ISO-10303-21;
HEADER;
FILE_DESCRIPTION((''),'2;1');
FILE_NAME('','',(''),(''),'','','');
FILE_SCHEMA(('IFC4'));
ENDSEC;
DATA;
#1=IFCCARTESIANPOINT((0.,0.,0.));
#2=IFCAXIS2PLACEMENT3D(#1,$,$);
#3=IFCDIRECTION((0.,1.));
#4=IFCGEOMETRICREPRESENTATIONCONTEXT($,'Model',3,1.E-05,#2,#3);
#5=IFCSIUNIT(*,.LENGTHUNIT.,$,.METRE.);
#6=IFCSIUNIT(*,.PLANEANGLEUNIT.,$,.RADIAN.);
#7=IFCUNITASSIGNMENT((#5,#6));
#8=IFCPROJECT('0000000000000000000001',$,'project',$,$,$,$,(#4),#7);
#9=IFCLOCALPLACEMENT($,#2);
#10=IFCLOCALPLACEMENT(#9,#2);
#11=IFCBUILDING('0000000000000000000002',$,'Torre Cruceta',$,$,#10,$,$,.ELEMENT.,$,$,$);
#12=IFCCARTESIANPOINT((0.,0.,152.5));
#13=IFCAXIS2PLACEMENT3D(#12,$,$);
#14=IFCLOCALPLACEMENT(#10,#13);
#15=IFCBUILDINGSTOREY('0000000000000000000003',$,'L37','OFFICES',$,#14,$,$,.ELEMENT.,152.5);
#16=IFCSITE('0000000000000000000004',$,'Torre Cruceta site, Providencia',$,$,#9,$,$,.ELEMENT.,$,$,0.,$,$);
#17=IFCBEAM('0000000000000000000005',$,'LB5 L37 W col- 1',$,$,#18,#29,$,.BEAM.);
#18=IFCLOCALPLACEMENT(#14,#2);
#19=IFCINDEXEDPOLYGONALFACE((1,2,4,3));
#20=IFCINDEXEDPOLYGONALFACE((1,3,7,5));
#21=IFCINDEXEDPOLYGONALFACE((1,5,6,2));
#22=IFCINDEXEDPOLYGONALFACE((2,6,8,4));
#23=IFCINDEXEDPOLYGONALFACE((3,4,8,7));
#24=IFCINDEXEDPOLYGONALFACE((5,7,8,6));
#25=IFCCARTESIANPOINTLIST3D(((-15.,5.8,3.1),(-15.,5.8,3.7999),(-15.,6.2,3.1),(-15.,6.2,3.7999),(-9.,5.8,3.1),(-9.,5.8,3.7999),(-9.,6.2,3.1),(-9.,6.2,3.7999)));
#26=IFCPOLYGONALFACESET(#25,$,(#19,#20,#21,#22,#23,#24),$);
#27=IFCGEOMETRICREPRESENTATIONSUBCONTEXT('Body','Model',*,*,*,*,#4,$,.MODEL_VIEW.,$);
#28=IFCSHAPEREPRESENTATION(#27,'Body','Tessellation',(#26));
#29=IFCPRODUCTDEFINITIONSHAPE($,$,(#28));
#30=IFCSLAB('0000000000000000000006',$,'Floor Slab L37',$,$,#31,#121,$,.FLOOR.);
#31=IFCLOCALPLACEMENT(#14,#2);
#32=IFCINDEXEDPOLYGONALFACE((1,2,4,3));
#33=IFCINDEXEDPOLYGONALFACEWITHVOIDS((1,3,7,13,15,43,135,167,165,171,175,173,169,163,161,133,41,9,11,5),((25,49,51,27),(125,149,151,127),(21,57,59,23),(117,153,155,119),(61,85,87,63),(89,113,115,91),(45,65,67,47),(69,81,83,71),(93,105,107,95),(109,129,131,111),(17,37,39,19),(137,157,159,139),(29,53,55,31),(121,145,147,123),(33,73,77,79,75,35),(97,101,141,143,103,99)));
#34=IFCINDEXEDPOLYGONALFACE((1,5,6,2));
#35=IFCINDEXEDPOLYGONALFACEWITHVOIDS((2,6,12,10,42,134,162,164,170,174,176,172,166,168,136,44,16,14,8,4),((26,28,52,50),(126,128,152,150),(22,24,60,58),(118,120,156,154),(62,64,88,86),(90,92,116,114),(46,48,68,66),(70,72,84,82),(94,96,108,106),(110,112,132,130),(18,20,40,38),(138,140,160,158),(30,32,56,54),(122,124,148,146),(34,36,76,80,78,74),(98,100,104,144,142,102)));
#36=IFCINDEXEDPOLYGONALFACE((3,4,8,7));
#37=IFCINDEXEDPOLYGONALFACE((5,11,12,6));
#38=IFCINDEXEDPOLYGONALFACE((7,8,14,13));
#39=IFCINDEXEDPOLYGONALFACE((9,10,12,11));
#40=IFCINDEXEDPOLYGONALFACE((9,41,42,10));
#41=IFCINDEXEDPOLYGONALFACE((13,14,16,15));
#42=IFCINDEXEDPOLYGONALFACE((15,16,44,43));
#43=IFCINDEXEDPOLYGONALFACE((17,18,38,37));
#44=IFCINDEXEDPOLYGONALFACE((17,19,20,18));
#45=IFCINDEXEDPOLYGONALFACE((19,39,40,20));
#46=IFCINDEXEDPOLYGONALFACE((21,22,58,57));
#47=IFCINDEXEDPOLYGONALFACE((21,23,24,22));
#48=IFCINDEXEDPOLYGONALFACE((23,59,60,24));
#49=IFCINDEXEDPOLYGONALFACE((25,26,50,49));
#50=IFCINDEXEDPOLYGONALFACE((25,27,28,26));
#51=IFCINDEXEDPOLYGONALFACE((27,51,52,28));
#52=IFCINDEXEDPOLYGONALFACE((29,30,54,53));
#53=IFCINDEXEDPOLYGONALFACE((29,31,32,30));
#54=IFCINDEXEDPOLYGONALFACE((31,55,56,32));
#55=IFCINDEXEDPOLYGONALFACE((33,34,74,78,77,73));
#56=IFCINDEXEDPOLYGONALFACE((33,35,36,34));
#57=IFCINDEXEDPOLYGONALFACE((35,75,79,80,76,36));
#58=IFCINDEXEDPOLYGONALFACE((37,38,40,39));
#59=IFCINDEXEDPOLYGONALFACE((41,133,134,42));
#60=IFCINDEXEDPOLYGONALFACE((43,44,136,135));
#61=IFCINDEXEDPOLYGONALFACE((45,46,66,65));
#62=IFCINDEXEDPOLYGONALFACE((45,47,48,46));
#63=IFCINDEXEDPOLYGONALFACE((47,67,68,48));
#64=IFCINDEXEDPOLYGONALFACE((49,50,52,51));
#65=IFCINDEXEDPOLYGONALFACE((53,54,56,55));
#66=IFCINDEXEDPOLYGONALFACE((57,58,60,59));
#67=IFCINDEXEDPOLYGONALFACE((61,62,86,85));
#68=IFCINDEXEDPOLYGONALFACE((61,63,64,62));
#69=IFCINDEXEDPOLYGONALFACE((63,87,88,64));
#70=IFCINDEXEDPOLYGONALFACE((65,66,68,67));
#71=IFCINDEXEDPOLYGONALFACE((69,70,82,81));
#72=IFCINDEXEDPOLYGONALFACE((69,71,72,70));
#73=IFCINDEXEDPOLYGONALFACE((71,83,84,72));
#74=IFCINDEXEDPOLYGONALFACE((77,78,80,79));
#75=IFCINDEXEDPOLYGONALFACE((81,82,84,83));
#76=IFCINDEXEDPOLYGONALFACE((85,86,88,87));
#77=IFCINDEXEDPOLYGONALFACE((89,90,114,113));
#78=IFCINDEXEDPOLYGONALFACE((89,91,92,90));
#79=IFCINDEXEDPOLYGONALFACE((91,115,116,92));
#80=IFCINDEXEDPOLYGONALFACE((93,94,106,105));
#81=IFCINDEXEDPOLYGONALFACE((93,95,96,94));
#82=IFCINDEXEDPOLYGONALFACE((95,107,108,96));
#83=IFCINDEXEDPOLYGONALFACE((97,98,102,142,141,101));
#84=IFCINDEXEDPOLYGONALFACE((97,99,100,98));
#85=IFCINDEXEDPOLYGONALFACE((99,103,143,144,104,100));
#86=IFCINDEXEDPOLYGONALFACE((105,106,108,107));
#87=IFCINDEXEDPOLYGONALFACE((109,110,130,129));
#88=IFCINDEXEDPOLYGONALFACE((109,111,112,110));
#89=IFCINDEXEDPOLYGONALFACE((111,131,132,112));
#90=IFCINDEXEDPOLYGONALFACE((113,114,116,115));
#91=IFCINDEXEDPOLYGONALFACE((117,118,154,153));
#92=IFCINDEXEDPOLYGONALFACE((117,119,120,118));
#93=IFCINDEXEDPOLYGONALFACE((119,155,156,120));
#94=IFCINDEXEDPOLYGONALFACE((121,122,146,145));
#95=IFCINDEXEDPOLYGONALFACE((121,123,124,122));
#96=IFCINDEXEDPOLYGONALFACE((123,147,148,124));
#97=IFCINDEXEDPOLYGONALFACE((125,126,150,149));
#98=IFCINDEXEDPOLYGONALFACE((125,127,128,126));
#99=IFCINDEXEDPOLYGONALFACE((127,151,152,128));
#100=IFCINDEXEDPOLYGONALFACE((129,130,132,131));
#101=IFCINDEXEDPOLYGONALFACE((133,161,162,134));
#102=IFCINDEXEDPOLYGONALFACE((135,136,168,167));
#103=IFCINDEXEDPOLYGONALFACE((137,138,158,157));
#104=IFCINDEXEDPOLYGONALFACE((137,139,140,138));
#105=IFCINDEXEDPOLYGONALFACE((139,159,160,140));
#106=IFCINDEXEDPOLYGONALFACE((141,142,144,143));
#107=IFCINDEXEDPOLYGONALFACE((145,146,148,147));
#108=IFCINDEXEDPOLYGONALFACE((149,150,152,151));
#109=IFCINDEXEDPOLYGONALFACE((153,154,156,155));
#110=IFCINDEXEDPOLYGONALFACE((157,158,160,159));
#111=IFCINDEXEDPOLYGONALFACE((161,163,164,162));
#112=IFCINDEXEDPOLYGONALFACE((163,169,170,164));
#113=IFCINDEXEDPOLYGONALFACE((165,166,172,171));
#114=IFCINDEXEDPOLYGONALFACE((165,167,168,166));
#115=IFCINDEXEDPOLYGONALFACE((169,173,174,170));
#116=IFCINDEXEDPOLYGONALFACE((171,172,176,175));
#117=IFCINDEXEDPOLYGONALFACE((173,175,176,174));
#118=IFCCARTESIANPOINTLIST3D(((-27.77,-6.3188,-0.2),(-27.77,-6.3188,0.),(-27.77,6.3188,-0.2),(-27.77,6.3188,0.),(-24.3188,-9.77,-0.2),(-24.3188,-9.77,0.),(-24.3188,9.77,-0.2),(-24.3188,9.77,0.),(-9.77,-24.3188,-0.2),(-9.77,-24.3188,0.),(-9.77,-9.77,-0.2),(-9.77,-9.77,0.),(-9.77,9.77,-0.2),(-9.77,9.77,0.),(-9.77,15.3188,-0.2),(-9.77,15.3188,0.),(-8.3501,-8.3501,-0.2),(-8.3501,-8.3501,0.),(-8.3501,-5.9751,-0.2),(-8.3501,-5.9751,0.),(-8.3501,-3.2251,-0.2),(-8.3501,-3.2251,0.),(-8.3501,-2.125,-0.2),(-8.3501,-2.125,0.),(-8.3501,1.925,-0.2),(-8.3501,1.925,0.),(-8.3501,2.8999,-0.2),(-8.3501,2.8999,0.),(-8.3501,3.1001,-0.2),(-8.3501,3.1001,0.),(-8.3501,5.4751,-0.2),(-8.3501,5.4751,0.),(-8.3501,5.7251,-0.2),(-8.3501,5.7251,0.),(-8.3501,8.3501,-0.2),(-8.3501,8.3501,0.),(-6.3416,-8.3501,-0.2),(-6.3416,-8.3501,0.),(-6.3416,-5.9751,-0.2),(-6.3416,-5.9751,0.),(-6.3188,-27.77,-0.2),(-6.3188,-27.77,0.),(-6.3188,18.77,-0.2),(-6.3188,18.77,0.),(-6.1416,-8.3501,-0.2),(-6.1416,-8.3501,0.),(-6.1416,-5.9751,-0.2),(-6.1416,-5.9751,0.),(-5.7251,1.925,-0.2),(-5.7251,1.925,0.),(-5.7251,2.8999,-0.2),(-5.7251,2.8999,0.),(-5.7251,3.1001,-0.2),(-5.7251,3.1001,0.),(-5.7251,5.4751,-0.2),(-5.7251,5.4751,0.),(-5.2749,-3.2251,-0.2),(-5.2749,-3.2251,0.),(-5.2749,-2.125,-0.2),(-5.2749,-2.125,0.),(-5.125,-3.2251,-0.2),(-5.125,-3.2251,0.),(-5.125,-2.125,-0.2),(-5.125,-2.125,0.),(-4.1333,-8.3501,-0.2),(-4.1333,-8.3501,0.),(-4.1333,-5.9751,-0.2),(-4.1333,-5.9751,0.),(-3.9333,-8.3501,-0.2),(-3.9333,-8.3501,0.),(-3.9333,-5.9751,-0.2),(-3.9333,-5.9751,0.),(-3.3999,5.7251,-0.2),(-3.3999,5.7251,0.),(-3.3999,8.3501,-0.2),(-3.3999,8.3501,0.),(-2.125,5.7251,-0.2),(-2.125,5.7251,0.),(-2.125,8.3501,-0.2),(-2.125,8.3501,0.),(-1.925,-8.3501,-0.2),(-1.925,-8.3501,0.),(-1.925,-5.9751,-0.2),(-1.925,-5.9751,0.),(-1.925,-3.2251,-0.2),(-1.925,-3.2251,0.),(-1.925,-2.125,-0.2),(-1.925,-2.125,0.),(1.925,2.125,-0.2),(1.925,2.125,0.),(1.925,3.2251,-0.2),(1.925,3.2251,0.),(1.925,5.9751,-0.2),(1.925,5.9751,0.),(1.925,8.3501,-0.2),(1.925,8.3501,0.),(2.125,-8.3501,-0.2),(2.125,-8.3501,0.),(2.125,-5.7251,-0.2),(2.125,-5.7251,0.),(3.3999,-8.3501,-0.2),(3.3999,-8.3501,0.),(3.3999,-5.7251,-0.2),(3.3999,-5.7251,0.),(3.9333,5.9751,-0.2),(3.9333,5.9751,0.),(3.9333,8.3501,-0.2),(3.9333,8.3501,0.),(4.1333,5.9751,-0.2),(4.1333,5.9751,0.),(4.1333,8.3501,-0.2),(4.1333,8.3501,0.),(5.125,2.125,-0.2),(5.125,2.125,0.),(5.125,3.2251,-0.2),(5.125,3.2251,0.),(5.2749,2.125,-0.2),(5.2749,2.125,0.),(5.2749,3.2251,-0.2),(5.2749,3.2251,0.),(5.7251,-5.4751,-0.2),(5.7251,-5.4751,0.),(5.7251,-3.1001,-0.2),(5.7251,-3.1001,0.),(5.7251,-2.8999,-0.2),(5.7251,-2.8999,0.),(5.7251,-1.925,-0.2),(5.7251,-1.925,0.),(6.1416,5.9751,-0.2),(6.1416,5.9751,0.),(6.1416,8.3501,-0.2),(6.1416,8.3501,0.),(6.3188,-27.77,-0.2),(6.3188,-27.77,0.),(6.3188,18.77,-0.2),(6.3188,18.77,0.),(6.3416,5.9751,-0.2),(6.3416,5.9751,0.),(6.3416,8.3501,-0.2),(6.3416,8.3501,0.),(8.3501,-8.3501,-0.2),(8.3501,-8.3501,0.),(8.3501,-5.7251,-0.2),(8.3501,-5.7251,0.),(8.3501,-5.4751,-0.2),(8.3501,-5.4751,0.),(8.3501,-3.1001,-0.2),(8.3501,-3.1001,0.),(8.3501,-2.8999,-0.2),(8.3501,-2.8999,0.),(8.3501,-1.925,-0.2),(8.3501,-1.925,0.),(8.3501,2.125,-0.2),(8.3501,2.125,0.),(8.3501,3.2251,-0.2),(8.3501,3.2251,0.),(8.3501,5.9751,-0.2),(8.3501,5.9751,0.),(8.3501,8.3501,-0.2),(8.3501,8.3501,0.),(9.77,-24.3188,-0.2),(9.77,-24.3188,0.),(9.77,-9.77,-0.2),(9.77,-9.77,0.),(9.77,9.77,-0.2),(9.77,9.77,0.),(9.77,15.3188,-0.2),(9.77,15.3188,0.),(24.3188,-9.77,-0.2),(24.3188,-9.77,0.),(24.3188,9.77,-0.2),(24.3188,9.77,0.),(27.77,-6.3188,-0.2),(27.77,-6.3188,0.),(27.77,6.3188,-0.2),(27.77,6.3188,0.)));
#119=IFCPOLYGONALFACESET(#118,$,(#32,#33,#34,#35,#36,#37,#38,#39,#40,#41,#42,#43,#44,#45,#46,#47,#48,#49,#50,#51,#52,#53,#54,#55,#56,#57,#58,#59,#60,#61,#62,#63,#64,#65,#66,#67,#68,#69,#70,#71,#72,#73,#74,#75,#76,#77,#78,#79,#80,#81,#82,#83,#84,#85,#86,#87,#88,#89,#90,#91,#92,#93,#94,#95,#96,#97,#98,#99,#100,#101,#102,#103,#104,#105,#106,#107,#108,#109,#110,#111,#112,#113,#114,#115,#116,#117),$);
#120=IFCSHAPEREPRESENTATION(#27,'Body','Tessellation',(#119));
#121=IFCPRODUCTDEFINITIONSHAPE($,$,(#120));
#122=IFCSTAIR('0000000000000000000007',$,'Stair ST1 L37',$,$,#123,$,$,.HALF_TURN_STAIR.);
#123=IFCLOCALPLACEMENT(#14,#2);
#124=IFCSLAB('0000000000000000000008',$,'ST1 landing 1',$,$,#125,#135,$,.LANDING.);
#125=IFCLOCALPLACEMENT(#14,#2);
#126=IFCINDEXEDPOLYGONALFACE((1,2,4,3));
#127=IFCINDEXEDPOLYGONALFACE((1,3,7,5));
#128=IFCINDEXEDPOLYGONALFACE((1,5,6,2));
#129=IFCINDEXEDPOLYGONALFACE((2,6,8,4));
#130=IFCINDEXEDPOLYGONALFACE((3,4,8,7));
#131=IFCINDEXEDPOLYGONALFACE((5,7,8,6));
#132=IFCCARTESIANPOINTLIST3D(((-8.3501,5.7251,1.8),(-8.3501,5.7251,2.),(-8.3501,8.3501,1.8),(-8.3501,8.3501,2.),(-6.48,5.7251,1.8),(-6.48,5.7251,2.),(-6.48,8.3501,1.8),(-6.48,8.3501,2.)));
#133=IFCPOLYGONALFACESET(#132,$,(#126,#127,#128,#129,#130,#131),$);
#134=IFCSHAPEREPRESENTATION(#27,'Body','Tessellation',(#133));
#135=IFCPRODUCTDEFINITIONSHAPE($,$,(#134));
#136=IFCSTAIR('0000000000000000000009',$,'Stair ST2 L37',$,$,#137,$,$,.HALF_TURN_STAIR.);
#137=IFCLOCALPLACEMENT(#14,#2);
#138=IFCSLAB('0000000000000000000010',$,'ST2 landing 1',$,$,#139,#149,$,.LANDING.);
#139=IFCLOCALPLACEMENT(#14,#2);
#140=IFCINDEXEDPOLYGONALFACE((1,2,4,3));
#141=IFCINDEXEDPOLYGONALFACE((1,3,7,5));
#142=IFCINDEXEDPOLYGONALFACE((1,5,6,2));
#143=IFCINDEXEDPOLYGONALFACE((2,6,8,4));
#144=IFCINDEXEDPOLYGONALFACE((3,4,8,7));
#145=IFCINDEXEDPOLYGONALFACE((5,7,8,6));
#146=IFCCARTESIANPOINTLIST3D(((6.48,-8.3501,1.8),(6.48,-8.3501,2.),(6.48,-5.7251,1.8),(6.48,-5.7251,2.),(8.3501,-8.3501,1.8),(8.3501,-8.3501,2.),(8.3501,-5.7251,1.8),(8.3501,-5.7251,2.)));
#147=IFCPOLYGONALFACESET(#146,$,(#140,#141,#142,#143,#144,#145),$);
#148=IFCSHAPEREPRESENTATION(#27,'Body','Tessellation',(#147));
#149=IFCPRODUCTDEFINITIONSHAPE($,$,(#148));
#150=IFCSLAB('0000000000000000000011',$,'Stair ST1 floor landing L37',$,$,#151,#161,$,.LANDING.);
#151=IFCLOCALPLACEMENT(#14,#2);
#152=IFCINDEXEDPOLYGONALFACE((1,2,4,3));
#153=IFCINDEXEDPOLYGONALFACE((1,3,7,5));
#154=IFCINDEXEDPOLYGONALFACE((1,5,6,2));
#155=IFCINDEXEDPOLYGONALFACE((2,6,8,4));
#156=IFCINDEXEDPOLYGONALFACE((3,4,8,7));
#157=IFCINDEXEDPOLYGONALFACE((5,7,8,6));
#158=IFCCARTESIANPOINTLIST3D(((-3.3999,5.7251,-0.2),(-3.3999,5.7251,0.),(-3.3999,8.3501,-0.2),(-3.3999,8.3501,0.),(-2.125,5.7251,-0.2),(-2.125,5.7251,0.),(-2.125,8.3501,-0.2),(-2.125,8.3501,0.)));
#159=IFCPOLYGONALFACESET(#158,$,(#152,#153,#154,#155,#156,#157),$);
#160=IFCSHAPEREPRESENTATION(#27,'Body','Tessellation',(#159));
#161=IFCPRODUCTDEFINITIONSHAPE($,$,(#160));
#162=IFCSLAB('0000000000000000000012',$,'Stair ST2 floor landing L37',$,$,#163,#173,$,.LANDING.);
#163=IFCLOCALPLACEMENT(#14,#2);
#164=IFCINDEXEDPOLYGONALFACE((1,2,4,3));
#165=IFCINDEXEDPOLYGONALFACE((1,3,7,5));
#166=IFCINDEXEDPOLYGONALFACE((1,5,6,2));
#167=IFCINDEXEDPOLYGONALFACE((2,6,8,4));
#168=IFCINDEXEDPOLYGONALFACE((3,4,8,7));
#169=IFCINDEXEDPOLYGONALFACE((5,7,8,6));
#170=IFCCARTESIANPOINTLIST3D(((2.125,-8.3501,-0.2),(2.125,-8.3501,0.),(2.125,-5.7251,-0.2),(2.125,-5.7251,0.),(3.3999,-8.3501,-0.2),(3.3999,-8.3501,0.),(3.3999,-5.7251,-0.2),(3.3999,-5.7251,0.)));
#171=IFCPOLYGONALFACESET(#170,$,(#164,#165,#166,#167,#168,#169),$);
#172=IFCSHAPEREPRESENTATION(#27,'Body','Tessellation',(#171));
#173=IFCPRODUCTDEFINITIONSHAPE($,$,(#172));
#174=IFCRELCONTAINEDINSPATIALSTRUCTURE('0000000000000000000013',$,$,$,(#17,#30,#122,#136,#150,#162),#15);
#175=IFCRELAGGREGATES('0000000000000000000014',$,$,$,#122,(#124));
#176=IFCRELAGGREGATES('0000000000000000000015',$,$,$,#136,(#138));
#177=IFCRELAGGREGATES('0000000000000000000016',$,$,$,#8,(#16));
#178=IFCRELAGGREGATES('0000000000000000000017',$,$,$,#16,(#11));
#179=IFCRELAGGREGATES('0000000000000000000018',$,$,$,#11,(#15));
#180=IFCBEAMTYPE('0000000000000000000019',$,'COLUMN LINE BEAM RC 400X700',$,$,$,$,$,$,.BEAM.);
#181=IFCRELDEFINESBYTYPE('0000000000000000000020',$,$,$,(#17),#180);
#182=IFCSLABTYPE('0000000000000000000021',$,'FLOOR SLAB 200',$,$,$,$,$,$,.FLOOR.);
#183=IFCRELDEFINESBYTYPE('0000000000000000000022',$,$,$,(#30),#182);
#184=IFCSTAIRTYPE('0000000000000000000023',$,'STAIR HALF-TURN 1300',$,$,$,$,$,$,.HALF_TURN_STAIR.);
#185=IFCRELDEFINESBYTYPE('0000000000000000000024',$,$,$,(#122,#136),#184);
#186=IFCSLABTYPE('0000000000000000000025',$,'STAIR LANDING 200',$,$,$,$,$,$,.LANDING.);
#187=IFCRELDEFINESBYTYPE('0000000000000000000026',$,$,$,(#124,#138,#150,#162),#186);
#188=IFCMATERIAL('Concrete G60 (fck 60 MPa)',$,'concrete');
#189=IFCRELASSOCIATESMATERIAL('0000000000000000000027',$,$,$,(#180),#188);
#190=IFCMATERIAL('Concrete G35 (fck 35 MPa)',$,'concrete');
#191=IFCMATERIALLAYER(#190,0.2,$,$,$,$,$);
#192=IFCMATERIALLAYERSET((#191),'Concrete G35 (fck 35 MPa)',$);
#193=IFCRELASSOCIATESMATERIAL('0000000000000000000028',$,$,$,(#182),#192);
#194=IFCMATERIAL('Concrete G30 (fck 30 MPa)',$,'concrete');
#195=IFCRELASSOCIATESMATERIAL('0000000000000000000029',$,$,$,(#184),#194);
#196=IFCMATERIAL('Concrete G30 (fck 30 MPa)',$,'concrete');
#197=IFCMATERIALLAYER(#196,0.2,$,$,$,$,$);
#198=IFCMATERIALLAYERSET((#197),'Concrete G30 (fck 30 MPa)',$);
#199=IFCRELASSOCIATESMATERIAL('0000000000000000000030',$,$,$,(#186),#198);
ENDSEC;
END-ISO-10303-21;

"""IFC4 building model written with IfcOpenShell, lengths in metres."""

from ifc_helpers import new_model, si_unit, direction, frame, origin, origin_2d, place, context, subcontext, project, spatial, polyline, rectangle, outline, extrude, material, layer, layer_set, material_profile, profile_set, type_object, element, aggregate, save


model = new_model("IFC4")

# Units and contexts
model_context = context("Model", 3, precision=1e-05, world=origin(), true_north=direction((0.0, 1.0)))
body_context = subcontext(model_context, "Body", "Model", "MODEL_VIEW")
ifc_project = project(units=[si_unit("LENGTHUNIT", "METRE"), si_unit("PLANEANGLEUNIT", "RADIAN")], contexts=[model_context])

# Site, building, storey
site_placement = place(None, origin())
site = spatial("IfcSite", under=ifc_project, at=site_placement, Name="Torre Cruceta site, Providencia", CompositionType="ELEMENT", RefElevation=0.0)
building_placement = place(site_placement, origin())
building = spatial("IfcBuilding", under=site, at=building_placement, Name="Torre Cruceta", CompositionType="ELEMENT")
storey_placement = place(building_placement, frame((0.0, 0.0, 152.5)))
storey = spatial("IfcBuildingStorey", under=building, at=storey_placement, Name="L37", Description="OFFICES", CompositionType="ELEMENT", Elevation=152.5)

# Beam
ifc_material_1 = material(Name="Concrete G60 (fck 60 MPa)", Category="concrete")
ifc_material_profile = material_profile(ifc_material_1, rectangle(XDim=0.3999, YDim=0.7, at=origin_2d()), Name="RC 400X700")
ifc_profile_set = profile_set([ifc_material_profile], Name="Concrete G60 (fck 60 MPa)")
beam_type = type_object("IfcBeamType", Name="COLUMN LINE BEAM RC 400X700", PredefinedType="BEAM", material=ifc_profile_set)
beam_placement = place(storey_placement, frame((-9.0, 6.0, 3.45), z_axis=(-1.0, 0.0, 0.0), x_axis=(0.0, -1.0, 0.0)))
element("IfcBeam", 1, at=beam_placement, inside=storey, type_object=beam_type, Name="LB5 L37 W col- 1", PredefinedType="BEAM", context=body_context, shape_type="SweptSolid", body=[
    extrude(rectangle(XDim=0.3999, YDim=0.7, at=origin_2d()), origin(), (0.0, 0.0, 1.0), 6.0),
])

# Slab
ifc_material_2 = material(Name="Concrete G35 (fck 35 MPa)", Category="concrete")
ifc_layer_1 = layer(ifc_material_2, 0.2)
ifc_layer_set_1 = layer_set([ifc_layer_1], Name="Concrete G35 (fck 35 MPa)")
slab_type_1 = type_object("IfcSlabType", Name="FLOOR SLAB 200", PredefinedType="FLOOR", material=ifc_layer_set_1)
slab_1_placement = place(storey_placement, frame((0.0, 0.0, -0.2)))
element("IfcSlab", 2, at=slab_1_placement, inside=storey, type_object=slab_type_1, Name="Floor Slab L37", PredefinedType="FLOOR", context=body_context, shape_type="SweptSolid", body=[
    extrude(outline(polyline([(9.77, -9.77), (9.77, -24.3188), (6.3188, -27.77), (-6.3188, -27.77), (-9.77, -24.3188), (-9.77, -9.77), (-24.3188, -9.77), (-27.77, -6.3188), (-27.77, 6.3188), (-24.3188, 9.77), (-9.77, 9.77), (-9.77, 15.3188), (-6.3188, 18.77), (6.3188, 18.77), (9.77, 15.3188), (9.77, 9.77), (24.3188, 9.77), (27.77, 6.3188), (27.77, -6.3188), (24.3188, -9.77), (9.77, -9.77)]), holes=[polyline([(1.925, 5.9751), (3.9333, 5.9751), (3.9333, 8.3501), (1.925, 8.3501), (1.925, 5.9751)]), polyline([(4.1333, 5.9751), (6.1416, 5.9751), (6.1416, 8.3501), (4.1333, 8.3501), (4.1333, 5.9751)]), polyline([(6.3416, 5.9751), (8.3501, 5.9751), (8.3501, 8.3501), (6.3416, 8.3501), (6.3416, 5.9751)]), polyline([(1.925, 2.125), (5.125, 2.125), (5.125, 3.2251), (1.925, 3.2251), (1.925, 2.125)]), polyline([(5.2749, 2.125), (8.3501, 2.125), (8.3501, 3.2251), (5.2749, 3.2251), (5.2749, 2.125)]), polyline([(-8.3501, 3.1001), (-5.7251, 3.1001), (-5.7251, 5.4751), (-8.3501, 5.4751), (-8.3501, 3.1001)]), polyline([(-8.3501, 1.925), (-5.7251, 1.925), (-5.7251, 2.8999), (-8.3501, 2.8999), (-8.3501, 1.925)]), polyline([(-3.9333, -8.3501), (-1.925, -8.3501), (-1.925, -5.9751), (-3.9333, -5.9751), (-3.9333, -8.3501)]), polyline([(-6.1416, -8.3501), (-4.1333, -8.3501), (-4.1333, -5.9751), (-6.1416, -5.9751), (-6.1416, -8.3501)]), polyline([(-8.3501, -8.3501), (-6.3416, -8.3501), (-6.3416, -5.9751), (-8.3501, -5.9751), (-8.3501, -8.3501)]), polyline([(-5.125, -3.2251), (-1.925, -3.2251), (-1.925, -2.125), (-5.125, -2.125), (-5.125, -3.2251)]), polyline([(-8.3501, -3.2251), (-5.2749, -3.2251), (-5.2749, -2.125), (-8.3501, -2.125), (-8.3501, -3.2251)]), polyline([(5.7251, -5.4751), (8.3501, -5.4751), (8.3501, -3.1001), (5.7251, -3.1001), (5.7251, -5.4751)]), polyline([(5.7251, -2.8999), (8.3501, -2.8999), (8.3501, -1.925), (5.7251, -1.925), (5.7251, -2.8999)]), polyline([(-8.3501, 5.7251), (-8.3501, 8.3501), (-3.3999, 8.3501), (-2.125, 8.3501), (-2.125, 5.7251), (-3.3999, 5.7251), (-8.3501, 5.7251)]), polyline([(2.125, -5.7251), (3.3999, -5.7251), (8.3501, -5.7251), (8.3501, -8.3501), (3.3999, -8.3501), (2.125, -8.3501), (2.125, -5.7251)])]), origin(), (0.0, 0.0, 1.0), 0.2),
])

# Stairs, slabs
ifc_material_3 = material(Name="Concrete G30 (fck 30 MPa)", Category="concrete")
stair_type = type_object("IfcStairType", Name="STAIR HALF-TURN 1300", PredefinedType="HALF_TURN_STAIR", material=ifc_material_3)
stair_1_placement = place(storey_placement, origin())
stair_1 = element("IfcStair", 3, at=stair_1_placement, inside=storey, type_object=stair_type, Name="Stair ST1 L37", PredefinedType="HALF_TURN_STAIR")
ifc_material_4 = material(Name="Concrete G30 (fck 30 MPa)", Category="concrete")
ifc_layer_2 = layer(ifc_material_4, 0.2)
ifc_layer_set_2 = layer_set([ifc_layer_2], Name="Concrete G30 (fck 30 MPa)")
slab_type_2 = type_object("IfcSlabType", Name="STAIR LANDING 200", PredefinedType="LANDING", material=ifc_layer_set_2)
slab_2_placement = place(storey_placement, frame((0.0, 0.0, 1.8)))
slab_2 = element("IfcSlab", 4, at=slab_2_placement, type_object=slab_type_2, Name="ST1 landing 1", PredefinedType="LANDING", context=body_context, shape_type="SweptSolid", body=[
    extrude(outline(polyline([(-8.3501, 5.7251), (-6.48, 5.7251), (-6.48, 8.3501), (-8.3501, 8.3501), (-8.3501, 5.7251)])), origin(), (0.0, 0.0, 1.0), 0.2),
])
aggregate(stair_1, [slab_2])
stair_2_placement = place(storey_placement, origin())
stair_2 = element("IfcStair", 5, at=stair_2_placement, inside=storey, type_object=stair_type, Name="Stair ST2 L37", PredefinedType="HALF_TURN_STAIR")
slab_3_placement = place(storey_placement, frame((0.0, 0.0, 1.8)))
slab_3 = element("IfcSlab", 6, at=slab_3_placement, type_object=slab_type_2, Name="ST2 landing 1", PredefinedType="LANDING", context=body_context, shape_type="SweptSolid", body=[
    extrude(outline(polyline([(6.48, -8.3501), (8.3501, -8.3501), (8.3501, -5.7251), (6.48, -5.7251), (6.48, -8.3501)])), origin(), (0.0, 0.0, 1.0), 0.2),
])
aggregate(stair_2, [slab_3])

# Slabs
slab_4_placement = place(storey_placement, frame((0.0, 0.0, -0.2)))
element("IfcSlab", 7, at=slab_4_placement, inside=storey, type_object=slab_type_2, Name="Stair ST1 floor landing L37", PredefinedType="LANDING", context=body_context, shape_type="SweptSolid", body=[
    extrude(outline(polyline([(-2.125, 8.3501), (-2.125, 5.7251), (-3.3999, 5.7251), (-3.3999, 8.3501), (-2.125, 8.3501)])), origin(), (0.0, 0.0, 1.0), 0.2),
])
slab_5_placement = place(storey_placement, frame((0.0, 0.0, -0.2)))
element("IfcSlab", 8, at=slab_5_placement, inside=storey, type_object=slab_type_2, Name="Stair ST2 floor landing L37", PredefinedType="LANDING", context=body_context, shape_type="SweptSolid", body=[
    extrude(outline(polyline([(2.125, -8.3501), (2.125, -5.7251), (3.3999, -5.7251), (3.3999, -8.3501), (2.125, -8.3501)])), origin(), (0.0, 0.0, 1.0), 0.2),
])

save(model, "model.ifc")
